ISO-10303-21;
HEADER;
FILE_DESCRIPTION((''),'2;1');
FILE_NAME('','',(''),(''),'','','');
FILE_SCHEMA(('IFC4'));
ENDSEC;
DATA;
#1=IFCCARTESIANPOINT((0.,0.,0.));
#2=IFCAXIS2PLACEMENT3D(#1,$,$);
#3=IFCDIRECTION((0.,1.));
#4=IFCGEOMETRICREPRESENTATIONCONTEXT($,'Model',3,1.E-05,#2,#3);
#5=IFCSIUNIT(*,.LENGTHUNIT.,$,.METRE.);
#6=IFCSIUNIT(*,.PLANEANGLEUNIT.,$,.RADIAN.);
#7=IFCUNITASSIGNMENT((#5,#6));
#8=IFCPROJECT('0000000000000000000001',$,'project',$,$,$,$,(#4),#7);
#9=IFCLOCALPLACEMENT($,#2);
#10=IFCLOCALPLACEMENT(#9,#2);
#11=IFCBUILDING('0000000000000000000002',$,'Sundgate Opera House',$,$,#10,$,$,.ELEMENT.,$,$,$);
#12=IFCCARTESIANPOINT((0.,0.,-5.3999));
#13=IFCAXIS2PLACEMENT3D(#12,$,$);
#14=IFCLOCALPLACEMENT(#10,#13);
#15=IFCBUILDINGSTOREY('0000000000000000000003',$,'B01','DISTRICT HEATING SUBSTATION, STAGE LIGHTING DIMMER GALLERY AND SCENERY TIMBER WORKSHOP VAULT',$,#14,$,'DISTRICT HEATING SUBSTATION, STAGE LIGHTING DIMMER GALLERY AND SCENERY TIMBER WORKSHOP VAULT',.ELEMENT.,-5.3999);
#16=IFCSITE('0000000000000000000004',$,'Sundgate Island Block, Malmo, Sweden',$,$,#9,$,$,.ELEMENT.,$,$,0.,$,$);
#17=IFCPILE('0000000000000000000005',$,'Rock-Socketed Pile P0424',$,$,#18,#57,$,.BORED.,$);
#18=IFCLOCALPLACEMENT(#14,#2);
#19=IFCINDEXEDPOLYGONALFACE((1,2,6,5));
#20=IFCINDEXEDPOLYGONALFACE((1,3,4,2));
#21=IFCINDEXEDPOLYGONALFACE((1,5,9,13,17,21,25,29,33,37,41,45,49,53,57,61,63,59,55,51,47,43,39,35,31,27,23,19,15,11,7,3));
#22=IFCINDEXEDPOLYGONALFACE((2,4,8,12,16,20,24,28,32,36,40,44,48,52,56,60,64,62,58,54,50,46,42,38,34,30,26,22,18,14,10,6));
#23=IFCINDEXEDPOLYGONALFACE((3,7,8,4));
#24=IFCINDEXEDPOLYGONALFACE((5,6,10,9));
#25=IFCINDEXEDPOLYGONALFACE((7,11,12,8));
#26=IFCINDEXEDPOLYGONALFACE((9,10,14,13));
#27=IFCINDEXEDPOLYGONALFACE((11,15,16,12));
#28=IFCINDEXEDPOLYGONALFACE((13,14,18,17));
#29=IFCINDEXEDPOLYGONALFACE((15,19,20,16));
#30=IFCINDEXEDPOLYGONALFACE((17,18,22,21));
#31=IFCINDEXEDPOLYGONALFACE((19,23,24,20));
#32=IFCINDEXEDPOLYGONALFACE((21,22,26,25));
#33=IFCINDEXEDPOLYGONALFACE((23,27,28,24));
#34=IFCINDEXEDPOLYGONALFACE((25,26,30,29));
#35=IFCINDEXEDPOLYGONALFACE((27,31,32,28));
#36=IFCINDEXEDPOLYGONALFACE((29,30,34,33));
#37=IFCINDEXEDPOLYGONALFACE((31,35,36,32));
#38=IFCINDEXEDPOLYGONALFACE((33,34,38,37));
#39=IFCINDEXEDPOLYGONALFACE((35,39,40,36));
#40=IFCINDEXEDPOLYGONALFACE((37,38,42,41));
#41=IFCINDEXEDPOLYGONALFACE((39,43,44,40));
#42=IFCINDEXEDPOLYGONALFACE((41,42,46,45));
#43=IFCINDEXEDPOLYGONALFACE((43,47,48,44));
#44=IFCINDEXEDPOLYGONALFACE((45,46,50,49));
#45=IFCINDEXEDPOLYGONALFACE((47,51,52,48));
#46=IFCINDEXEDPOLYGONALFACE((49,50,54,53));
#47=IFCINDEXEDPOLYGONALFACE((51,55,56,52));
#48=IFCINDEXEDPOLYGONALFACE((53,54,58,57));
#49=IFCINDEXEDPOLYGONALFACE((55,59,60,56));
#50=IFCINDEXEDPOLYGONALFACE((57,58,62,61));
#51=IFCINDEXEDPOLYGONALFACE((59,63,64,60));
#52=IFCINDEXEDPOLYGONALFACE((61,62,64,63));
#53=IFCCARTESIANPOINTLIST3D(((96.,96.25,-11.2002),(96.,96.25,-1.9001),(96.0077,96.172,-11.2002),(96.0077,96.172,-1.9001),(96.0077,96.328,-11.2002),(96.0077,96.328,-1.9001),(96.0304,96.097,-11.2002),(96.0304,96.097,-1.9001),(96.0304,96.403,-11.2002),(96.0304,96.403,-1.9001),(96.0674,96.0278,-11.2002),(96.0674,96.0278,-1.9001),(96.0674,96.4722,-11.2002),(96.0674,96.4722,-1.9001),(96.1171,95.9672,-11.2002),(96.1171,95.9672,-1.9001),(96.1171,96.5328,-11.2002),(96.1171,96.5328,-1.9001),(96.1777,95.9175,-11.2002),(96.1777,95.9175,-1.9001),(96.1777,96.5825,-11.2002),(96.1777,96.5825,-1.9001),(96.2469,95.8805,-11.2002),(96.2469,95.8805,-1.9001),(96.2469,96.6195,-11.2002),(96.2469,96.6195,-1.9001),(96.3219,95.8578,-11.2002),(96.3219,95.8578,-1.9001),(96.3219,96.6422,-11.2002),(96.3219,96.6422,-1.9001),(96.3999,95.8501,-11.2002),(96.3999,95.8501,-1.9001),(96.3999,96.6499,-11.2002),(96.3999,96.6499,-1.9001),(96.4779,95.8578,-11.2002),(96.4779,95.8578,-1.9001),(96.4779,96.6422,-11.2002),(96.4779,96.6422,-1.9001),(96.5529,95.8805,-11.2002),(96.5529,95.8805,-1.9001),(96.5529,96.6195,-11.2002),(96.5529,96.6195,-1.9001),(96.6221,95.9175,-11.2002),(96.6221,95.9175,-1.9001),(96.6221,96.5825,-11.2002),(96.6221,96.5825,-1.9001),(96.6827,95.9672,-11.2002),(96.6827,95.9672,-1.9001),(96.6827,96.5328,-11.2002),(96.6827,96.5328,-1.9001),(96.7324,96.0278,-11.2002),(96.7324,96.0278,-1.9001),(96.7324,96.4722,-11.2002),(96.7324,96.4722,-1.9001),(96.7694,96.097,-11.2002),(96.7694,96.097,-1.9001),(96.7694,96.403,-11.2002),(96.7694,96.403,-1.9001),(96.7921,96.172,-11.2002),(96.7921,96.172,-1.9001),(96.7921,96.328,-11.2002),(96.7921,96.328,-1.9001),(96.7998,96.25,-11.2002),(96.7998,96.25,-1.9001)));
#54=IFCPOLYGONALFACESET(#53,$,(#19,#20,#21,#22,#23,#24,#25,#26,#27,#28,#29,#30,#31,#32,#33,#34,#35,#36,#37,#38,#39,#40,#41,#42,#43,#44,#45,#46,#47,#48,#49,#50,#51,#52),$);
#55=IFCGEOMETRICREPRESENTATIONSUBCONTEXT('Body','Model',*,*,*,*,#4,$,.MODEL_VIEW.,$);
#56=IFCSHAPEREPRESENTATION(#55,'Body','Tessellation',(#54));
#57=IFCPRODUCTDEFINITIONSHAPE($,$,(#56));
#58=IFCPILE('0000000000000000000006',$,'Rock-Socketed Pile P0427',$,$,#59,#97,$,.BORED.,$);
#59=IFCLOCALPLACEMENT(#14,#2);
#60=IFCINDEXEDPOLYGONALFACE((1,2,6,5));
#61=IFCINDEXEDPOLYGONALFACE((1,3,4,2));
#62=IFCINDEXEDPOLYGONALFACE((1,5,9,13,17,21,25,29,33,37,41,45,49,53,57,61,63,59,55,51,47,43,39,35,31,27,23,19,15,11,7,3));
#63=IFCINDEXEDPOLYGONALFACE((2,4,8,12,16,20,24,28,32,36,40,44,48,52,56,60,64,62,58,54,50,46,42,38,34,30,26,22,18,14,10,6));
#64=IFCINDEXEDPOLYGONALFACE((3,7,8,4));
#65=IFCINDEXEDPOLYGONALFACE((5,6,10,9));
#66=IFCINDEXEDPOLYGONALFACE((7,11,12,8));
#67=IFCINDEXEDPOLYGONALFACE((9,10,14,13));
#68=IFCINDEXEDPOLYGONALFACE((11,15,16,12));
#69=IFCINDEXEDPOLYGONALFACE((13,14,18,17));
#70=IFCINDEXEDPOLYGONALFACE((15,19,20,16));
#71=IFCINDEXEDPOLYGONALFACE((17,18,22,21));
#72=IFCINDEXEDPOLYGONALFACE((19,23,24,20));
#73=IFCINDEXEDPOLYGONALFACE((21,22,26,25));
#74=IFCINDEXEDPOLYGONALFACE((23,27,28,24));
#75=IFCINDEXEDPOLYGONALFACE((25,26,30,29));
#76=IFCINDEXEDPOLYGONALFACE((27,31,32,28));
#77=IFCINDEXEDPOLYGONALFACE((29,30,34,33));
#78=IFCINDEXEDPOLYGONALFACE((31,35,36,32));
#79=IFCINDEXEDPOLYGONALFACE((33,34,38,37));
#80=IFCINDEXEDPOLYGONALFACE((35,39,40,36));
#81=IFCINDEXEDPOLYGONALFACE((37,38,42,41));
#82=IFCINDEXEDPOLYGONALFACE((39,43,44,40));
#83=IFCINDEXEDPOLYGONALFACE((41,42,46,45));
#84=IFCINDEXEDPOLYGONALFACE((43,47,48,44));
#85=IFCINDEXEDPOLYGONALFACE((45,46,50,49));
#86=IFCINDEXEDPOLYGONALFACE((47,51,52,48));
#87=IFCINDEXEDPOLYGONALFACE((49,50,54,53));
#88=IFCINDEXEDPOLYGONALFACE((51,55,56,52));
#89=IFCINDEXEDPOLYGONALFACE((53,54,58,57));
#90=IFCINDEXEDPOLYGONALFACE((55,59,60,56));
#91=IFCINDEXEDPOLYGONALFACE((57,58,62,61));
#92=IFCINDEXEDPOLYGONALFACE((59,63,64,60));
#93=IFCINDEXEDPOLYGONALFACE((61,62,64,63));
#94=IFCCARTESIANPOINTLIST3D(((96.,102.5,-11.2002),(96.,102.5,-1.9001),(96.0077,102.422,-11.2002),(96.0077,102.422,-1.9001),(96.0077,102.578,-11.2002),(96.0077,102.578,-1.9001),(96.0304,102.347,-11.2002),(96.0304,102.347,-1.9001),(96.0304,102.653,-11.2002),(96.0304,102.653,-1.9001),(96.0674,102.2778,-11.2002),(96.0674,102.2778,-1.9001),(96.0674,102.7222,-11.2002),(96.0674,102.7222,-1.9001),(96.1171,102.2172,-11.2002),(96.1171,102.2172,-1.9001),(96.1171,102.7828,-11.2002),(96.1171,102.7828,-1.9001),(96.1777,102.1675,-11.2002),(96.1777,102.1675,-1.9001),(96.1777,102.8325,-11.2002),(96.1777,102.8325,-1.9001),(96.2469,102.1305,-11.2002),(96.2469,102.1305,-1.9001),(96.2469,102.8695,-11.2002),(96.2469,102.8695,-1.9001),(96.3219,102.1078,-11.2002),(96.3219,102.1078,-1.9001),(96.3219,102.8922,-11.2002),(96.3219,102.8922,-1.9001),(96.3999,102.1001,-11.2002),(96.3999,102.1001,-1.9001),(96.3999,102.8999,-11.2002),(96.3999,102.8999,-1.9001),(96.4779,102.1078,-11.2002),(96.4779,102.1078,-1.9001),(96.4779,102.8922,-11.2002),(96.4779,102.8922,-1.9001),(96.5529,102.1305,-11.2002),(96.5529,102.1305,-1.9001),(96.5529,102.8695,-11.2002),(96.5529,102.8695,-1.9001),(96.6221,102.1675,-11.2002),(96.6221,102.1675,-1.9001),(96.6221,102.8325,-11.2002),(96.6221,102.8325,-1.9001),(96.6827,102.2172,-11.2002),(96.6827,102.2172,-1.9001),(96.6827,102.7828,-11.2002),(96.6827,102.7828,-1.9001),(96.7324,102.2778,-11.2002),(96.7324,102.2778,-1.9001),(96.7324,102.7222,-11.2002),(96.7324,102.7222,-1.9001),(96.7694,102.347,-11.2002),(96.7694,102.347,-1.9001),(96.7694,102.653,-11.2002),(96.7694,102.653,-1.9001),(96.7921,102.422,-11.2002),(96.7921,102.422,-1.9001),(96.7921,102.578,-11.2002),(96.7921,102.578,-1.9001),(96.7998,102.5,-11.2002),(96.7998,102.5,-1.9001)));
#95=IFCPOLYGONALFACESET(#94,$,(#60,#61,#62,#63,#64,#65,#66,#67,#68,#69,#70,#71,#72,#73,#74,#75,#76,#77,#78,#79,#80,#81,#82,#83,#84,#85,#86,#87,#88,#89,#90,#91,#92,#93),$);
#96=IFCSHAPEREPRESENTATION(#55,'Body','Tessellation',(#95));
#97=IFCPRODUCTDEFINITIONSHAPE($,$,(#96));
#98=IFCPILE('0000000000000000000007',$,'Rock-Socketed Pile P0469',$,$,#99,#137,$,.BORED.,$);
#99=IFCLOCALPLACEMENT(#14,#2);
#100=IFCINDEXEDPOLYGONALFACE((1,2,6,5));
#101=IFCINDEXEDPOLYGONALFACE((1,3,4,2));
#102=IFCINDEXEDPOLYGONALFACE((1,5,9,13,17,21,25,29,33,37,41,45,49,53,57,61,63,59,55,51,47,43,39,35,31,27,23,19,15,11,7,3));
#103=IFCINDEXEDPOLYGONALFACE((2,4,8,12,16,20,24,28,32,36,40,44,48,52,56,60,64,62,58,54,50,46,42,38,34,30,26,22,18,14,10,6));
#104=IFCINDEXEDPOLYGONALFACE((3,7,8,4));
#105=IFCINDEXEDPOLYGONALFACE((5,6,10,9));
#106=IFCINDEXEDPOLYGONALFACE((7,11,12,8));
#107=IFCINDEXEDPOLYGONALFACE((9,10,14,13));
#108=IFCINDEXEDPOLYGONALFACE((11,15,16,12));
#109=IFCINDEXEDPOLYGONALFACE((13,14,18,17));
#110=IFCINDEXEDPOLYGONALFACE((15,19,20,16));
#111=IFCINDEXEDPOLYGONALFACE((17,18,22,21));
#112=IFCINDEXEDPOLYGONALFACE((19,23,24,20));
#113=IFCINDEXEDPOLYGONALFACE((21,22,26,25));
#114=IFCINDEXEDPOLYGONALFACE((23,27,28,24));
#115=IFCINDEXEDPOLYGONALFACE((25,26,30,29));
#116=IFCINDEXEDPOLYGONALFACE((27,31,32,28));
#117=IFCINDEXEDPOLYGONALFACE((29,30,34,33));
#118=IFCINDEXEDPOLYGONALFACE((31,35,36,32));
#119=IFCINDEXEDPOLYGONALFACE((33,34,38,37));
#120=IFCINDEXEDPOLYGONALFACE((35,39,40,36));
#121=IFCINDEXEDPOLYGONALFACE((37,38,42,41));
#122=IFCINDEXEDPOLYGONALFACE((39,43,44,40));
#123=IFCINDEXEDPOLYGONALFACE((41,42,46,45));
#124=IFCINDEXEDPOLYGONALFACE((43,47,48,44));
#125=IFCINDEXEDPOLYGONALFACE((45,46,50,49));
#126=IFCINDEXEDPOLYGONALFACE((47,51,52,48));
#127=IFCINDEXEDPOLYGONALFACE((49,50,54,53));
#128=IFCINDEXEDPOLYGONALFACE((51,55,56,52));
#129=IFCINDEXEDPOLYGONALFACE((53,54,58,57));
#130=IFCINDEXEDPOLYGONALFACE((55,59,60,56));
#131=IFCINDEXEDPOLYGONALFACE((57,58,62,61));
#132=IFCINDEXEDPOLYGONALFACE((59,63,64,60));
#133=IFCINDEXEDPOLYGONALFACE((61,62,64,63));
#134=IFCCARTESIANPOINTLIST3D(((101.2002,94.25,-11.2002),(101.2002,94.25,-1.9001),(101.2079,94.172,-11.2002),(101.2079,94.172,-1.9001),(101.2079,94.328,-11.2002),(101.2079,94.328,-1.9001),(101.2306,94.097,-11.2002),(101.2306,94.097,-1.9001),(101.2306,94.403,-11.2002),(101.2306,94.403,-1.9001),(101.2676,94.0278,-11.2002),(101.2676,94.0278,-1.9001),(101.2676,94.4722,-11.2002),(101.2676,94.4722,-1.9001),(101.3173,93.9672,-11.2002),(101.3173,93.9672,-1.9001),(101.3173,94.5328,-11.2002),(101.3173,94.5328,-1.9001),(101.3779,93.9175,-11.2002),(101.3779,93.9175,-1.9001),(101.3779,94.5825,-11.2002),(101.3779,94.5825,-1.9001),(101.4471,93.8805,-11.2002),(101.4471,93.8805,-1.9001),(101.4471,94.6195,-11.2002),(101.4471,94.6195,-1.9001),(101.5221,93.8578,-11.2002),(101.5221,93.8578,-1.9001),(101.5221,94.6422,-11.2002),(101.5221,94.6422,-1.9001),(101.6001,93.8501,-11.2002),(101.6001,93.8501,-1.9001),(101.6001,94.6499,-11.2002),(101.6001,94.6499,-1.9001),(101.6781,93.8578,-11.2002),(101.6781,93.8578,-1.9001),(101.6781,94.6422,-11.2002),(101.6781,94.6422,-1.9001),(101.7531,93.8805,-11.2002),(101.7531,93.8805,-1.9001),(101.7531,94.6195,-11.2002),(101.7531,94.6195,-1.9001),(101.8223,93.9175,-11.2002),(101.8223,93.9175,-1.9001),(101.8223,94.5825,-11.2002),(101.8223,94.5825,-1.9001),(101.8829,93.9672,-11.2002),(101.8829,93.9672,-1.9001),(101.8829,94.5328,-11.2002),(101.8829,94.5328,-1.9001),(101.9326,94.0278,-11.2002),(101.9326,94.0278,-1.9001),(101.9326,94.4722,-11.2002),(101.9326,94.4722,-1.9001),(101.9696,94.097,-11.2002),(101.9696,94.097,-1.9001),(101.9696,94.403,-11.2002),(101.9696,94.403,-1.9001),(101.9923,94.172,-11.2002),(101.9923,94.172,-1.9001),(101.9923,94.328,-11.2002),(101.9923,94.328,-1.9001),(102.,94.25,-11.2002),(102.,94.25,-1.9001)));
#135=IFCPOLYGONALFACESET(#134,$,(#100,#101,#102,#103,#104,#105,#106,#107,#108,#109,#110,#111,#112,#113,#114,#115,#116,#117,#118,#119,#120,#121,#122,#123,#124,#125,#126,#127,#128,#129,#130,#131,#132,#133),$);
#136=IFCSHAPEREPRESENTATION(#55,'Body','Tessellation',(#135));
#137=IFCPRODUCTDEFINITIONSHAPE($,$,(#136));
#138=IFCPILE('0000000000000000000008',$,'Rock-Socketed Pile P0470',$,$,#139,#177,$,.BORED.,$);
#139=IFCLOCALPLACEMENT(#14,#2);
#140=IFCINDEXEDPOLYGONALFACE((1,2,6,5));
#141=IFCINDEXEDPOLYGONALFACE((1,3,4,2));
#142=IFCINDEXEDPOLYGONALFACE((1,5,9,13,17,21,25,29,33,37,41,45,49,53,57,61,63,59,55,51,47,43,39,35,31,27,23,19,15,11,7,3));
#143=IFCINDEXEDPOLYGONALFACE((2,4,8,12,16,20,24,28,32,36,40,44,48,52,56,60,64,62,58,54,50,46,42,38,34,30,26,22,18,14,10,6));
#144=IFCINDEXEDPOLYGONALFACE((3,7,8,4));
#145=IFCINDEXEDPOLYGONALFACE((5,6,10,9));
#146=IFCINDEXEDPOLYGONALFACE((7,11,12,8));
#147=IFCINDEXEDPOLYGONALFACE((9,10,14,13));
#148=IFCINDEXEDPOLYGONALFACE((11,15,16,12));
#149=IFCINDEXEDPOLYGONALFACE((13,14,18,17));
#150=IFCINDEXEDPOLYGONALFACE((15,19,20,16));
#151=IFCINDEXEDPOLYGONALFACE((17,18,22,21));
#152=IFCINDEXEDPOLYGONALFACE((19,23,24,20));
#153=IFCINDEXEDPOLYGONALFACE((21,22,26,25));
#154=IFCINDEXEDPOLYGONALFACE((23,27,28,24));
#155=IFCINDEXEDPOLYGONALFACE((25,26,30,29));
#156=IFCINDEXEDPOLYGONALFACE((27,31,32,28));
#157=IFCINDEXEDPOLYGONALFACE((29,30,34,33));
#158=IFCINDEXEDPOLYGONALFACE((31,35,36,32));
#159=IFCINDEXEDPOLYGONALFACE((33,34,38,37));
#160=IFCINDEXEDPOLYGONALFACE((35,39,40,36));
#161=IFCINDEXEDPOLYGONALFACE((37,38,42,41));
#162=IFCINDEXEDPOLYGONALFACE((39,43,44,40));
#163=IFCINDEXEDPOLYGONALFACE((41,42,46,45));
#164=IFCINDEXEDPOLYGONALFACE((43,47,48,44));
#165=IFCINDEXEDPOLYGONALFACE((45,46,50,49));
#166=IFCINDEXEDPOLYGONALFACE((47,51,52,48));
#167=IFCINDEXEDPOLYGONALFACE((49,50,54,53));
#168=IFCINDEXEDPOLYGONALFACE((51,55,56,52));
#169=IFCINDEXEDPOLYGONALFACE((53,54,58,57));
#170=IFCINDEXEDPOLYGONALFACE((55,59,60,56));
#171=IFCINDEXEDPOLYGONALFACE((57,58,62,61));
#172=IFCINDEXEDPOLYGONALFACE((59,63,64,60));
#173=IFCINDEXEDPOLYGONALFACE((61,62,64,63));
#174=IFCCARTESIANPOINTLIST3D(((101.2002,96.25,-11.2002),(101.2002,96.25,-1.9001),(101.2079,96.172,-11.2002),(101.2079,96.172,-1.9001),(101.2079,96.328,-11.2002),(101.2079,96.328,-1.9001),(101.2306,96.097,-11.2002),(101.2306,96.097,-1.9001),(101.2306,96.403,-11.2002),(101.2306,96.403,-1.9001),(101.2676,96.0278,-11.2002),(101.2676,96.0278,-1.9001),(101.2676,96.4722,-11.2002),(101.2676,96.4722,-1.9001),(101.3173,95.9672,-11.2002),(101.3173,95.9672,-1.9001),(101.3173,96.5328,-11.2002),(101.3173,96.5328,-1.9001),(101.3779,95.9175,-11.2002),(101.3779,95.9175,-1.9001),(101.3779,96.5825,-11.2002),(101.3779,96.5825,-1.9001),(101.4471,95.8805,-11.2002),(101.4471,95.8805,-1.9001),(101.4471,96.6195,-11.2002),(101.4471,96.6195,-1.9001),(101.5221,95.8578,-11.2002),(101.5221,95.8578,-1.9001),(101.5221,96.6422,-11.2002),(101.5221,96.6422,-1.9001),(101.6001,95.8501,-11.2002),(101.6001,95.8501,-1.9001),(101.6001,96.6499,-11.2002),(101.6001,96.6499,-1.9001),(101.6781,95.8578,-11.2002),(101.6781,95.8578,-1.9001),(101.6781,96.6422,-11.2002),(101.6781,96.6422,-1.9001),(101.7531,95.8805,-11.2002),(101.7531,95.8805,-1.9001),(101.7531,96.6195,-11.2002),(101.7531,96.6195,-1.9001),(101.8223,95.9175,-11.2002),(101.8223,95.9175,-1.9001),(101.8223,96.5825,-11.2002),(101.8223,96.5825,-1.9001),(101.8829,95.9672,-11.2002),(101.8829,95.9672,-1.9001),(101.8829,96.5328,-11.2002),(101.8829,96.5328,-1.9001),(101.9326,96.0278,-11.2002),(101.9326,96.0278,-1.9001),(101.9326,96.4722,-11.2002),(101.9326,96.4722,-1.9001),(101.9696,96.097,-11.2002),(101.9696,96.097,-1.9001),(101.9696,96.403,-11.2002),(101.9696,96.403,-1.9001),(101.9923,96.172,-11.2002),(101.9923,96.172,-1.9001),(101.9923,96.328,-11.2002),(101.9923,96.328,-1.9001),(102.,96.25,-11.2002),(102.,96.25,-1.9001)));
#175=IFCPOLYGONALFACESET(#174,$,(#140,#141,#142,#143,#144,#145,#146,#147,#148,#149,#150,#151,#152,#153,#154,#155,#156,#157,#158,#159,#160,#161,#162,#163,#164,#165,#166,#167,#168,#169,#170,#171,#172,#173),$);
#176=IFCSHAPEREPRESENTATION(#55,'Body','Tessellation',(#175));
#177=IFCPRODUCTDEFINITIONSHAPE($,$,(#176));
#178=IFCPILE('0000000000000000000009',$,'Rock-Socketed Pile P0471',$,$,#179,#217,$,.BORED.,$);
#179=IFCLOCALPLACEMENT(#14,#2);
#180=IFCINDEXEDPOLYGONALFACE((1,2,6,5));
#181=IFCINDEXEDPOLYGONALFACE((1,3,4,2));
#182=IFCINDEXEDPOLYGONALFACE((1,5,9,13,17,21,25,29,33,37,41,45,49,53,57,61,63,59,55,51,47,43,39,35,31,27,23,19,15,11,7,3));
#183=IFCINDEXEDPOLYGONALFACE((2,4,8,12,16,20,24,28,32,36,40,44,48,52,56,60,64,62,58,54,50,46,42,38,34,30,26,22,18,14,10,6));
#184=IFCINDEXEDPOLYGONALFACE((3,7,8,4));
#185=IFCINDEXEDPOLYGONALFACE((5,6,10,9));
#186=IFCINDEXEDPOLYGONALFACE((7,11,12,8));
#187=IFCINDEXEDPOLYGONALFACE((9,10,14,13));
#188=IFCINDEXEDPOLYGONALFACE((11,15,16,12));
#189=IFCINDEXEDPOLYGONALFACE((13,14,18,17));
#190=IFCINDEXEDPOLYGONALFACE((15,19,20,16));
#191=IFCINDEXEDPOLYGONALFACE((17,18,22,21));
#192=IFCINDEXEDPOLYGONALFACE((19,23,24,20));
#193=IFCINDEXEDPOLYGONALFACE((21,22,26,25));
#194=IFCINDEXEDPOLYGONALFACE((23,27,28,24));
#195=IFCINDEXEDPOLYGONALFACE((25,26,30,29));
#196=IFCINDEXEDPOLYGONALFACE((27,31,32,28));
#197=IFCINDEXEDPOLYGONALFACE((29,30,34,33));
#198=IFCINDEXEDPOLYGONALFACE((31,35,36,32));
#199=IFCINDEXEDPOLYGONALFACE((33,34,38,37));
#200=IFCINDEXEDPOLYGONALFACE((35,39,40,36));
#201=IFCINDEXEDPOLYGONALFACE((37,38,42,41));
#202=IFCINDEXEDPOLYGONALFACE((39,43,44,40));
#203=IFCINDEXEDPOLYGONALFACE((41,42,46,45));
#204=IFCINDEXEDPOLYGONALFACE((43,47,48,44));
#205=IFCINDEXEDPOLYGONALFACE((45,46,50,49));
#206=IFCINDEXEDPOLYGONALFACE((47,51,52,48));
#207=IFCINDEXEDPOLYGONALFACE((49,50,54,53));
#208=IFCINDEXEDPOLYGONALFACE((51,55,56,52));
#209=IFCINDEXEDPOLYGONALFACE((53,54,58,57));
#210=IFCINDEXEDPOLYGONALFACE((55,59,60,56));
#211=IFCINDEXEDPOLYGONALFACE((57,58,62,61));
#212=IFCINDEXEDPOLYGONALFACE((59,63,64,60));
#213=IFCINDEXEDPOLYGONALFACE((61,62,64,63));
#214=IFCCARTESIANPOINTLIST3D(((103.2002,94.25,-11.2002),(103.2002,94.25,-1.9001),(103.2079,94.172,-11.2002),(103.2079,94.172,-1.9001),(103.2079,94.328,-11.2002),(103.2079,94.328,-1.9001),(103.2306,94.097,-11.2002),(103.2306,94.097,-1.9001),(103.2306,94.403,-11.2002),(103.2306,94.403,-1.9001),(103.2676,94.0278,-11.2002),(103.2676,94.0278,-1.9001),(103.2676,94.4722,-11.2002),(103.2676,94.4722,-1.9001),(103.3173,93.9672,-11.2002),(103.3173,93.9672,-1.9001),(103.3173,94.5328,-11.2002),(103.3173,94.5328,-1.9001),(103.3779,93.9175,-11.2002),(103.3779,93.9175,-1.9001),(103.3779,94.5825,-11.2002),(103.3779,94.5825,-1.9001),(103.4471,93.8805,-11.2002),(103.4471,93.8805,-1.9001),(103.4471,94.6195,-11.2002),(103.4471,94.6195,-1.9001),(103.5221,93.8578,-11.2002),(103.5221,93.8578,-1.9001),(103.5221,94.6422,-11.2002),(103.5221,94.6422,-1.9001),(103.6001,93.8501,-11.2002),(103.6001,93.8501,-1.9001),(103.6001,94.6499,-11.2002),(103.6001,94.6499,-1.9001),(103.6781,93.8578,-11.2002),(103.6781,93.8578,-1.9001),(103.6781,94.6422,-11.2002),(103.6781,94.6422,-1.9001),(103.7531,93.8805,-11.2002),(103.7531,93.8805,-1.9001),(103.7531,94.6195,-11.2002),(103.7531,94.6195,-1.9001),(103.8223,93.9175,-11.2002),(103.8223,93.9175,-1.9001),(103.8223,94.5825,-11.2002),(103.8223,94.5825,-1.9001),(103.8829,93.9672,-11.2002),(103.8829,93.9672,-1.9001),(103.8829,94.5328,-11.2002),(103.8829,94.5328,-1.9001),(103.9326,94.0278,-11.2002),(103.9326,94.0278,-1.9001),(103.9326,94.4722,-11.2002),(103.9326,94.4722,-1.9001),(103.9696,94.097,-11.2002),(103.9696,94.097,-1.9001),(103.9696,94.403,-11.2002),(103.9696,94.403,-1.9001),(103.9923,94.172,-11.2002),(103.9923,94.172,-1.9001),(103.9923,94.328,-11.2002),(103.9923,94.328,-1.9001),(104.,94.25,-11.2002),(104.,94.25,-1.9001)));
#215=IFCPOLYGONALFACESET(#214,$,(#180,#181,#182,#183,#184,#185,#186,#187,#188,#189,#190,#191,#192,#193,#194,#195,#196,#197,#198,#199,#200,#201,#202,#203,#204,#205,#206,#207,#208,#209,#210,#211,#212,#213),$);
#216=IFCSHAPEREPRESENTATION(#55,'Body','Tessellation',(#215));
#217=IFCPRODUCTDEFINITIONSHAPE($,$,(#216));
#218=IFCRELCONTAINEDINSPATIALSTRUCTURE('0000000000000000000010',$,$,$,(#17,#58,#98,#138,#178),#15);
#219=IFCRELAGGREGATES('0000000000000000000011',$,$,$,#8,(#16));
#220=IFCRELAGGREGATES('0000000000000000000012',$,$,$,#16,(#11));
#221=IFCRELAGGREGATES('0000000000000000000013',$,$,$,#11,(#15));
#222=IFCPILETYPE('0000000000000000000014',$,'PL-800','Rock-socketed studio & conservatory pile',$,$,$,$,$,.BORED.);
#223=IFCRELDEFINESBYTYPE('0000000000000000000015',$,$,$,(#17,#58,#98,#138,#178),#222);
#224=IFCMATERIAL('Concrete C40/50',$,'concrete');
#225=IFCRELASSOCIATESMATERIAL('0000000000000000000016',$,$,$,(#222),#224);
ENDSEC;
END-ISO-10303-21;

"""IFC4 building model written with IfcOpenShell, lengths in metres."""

from ifc_helpers import new_model, si_unit, direction, frame, origin, origin_2d, place, context, subcontext, project, spatial, circle, extrude, material, material_profile, profile_set, type_object, element, save


model = new_model("IFC4")

# Units and contexts
model_context = context("Model", 3, precision=1e-05, world=origin(), true_north=direction((0.0, 1.0)))
body_context = subcontext(model_context, "Body", "Model", "MODEL_VIEW")
ifc_project = project(units=[si_unit("LENGTHUNIT", "METRE"), si_unit("PLANEANGLEUNIT", "RADIAN")], contexts=[model_context])

# Site, building, storey
site_placement = place(None, origin())
site = spatial("IfcSite", under=ifc_project, at=site_placement, Name="Sundgate Island Block, Malmo, Sweden", CompositionType="ELEMENT", RefElevation=0.0)
building_placement = place(site_placement, origin())
building = spatial("IfcBuilding", under=site, at=building_placement, Name="Sundgate Opera House", CompositionType="ELEMENT")
storey_placement = place(building_placement, frame((0.0, 0.0, -5.3999)))
storey = spatial("IfcBuildingStorey", under=building, at=storey_placement, Name="B01", Description="DISTRICT HEATING SUBSTATION, STAGE LIGHTING DIMMER GALLERY AND SCENERY TIMBER WORKSHOP VAULT", LongName="DISTRICT HEATING SUBSTATION, STAGE LIGHTING DIMMER GALLERY AND SCENERY TIMBER WORKSHOP VAULT", CompositionType="ELEMENT", Elevation=-5.3999)

# Piles
ifc_material_1 = material(Name="Concrete C40/50", Category="concrete")
ifc_material_profile_1 = material_profile(ifc_material_1, circle(Radius=0.3999, at=origin_2d()), Name="PILE D800")
ifc_profile_set_1 = profile_set([ifc_material_profile_1], Name="Concrete C40/50")
pile_type = type_object("IfcPileType", Name="PL-800", Description="Rock-socketed studio & conservatory pile", PredefinedType="BORED", material=ifc_profile_set_1)
for number, where, z_axis, x_axis, name in (
    (1, (96.3999, 96.25, -1.9001), (0.0, 0.0, -1.0), (1.0, 0.0, 0.0), "Rock-Socketed Pile P0424"),
    (2, (96.3999, 102.5, -1.9001), (0.0, 0.0, -1.0), (1.0, 0.0, 0.0), "Rock-Socketed Pile P0427"),
    (3, (101.6001, 94.25, -1.9001), (0.0, 0.0, -1.0), (1.0, 0.0, 0.0), "Rock-Socketed Pile P0469"),
    (4, (101.6001, 96.25, -1.9001), (0.0, 0.0, -1.0), (1.0, 0.0, 0.0), "Rock-Socketed Pile P0470"),
    (5, (103.6001, 94.25, -1.9001), (0.0, 0.0, -1.0), (1.0, 0.0, 0.0), "Rock-Socketed Pile P0471"),
):
    element("IfcPile", number, at=place(storey_placement, frame(where, z_axis=z_axis, x_axis=x_axis)), inside=storey, type_object=pile_type, Name=name, PredefinedType="BORED", context=body_context, shape_type="SweptSolid", body=[
        extrude(circle(Radius=0.3999, at=origin_2d()), origin(), (0.0, 0.0, 1.0), 9.3),
    ])

save(model, "model.ifc")
